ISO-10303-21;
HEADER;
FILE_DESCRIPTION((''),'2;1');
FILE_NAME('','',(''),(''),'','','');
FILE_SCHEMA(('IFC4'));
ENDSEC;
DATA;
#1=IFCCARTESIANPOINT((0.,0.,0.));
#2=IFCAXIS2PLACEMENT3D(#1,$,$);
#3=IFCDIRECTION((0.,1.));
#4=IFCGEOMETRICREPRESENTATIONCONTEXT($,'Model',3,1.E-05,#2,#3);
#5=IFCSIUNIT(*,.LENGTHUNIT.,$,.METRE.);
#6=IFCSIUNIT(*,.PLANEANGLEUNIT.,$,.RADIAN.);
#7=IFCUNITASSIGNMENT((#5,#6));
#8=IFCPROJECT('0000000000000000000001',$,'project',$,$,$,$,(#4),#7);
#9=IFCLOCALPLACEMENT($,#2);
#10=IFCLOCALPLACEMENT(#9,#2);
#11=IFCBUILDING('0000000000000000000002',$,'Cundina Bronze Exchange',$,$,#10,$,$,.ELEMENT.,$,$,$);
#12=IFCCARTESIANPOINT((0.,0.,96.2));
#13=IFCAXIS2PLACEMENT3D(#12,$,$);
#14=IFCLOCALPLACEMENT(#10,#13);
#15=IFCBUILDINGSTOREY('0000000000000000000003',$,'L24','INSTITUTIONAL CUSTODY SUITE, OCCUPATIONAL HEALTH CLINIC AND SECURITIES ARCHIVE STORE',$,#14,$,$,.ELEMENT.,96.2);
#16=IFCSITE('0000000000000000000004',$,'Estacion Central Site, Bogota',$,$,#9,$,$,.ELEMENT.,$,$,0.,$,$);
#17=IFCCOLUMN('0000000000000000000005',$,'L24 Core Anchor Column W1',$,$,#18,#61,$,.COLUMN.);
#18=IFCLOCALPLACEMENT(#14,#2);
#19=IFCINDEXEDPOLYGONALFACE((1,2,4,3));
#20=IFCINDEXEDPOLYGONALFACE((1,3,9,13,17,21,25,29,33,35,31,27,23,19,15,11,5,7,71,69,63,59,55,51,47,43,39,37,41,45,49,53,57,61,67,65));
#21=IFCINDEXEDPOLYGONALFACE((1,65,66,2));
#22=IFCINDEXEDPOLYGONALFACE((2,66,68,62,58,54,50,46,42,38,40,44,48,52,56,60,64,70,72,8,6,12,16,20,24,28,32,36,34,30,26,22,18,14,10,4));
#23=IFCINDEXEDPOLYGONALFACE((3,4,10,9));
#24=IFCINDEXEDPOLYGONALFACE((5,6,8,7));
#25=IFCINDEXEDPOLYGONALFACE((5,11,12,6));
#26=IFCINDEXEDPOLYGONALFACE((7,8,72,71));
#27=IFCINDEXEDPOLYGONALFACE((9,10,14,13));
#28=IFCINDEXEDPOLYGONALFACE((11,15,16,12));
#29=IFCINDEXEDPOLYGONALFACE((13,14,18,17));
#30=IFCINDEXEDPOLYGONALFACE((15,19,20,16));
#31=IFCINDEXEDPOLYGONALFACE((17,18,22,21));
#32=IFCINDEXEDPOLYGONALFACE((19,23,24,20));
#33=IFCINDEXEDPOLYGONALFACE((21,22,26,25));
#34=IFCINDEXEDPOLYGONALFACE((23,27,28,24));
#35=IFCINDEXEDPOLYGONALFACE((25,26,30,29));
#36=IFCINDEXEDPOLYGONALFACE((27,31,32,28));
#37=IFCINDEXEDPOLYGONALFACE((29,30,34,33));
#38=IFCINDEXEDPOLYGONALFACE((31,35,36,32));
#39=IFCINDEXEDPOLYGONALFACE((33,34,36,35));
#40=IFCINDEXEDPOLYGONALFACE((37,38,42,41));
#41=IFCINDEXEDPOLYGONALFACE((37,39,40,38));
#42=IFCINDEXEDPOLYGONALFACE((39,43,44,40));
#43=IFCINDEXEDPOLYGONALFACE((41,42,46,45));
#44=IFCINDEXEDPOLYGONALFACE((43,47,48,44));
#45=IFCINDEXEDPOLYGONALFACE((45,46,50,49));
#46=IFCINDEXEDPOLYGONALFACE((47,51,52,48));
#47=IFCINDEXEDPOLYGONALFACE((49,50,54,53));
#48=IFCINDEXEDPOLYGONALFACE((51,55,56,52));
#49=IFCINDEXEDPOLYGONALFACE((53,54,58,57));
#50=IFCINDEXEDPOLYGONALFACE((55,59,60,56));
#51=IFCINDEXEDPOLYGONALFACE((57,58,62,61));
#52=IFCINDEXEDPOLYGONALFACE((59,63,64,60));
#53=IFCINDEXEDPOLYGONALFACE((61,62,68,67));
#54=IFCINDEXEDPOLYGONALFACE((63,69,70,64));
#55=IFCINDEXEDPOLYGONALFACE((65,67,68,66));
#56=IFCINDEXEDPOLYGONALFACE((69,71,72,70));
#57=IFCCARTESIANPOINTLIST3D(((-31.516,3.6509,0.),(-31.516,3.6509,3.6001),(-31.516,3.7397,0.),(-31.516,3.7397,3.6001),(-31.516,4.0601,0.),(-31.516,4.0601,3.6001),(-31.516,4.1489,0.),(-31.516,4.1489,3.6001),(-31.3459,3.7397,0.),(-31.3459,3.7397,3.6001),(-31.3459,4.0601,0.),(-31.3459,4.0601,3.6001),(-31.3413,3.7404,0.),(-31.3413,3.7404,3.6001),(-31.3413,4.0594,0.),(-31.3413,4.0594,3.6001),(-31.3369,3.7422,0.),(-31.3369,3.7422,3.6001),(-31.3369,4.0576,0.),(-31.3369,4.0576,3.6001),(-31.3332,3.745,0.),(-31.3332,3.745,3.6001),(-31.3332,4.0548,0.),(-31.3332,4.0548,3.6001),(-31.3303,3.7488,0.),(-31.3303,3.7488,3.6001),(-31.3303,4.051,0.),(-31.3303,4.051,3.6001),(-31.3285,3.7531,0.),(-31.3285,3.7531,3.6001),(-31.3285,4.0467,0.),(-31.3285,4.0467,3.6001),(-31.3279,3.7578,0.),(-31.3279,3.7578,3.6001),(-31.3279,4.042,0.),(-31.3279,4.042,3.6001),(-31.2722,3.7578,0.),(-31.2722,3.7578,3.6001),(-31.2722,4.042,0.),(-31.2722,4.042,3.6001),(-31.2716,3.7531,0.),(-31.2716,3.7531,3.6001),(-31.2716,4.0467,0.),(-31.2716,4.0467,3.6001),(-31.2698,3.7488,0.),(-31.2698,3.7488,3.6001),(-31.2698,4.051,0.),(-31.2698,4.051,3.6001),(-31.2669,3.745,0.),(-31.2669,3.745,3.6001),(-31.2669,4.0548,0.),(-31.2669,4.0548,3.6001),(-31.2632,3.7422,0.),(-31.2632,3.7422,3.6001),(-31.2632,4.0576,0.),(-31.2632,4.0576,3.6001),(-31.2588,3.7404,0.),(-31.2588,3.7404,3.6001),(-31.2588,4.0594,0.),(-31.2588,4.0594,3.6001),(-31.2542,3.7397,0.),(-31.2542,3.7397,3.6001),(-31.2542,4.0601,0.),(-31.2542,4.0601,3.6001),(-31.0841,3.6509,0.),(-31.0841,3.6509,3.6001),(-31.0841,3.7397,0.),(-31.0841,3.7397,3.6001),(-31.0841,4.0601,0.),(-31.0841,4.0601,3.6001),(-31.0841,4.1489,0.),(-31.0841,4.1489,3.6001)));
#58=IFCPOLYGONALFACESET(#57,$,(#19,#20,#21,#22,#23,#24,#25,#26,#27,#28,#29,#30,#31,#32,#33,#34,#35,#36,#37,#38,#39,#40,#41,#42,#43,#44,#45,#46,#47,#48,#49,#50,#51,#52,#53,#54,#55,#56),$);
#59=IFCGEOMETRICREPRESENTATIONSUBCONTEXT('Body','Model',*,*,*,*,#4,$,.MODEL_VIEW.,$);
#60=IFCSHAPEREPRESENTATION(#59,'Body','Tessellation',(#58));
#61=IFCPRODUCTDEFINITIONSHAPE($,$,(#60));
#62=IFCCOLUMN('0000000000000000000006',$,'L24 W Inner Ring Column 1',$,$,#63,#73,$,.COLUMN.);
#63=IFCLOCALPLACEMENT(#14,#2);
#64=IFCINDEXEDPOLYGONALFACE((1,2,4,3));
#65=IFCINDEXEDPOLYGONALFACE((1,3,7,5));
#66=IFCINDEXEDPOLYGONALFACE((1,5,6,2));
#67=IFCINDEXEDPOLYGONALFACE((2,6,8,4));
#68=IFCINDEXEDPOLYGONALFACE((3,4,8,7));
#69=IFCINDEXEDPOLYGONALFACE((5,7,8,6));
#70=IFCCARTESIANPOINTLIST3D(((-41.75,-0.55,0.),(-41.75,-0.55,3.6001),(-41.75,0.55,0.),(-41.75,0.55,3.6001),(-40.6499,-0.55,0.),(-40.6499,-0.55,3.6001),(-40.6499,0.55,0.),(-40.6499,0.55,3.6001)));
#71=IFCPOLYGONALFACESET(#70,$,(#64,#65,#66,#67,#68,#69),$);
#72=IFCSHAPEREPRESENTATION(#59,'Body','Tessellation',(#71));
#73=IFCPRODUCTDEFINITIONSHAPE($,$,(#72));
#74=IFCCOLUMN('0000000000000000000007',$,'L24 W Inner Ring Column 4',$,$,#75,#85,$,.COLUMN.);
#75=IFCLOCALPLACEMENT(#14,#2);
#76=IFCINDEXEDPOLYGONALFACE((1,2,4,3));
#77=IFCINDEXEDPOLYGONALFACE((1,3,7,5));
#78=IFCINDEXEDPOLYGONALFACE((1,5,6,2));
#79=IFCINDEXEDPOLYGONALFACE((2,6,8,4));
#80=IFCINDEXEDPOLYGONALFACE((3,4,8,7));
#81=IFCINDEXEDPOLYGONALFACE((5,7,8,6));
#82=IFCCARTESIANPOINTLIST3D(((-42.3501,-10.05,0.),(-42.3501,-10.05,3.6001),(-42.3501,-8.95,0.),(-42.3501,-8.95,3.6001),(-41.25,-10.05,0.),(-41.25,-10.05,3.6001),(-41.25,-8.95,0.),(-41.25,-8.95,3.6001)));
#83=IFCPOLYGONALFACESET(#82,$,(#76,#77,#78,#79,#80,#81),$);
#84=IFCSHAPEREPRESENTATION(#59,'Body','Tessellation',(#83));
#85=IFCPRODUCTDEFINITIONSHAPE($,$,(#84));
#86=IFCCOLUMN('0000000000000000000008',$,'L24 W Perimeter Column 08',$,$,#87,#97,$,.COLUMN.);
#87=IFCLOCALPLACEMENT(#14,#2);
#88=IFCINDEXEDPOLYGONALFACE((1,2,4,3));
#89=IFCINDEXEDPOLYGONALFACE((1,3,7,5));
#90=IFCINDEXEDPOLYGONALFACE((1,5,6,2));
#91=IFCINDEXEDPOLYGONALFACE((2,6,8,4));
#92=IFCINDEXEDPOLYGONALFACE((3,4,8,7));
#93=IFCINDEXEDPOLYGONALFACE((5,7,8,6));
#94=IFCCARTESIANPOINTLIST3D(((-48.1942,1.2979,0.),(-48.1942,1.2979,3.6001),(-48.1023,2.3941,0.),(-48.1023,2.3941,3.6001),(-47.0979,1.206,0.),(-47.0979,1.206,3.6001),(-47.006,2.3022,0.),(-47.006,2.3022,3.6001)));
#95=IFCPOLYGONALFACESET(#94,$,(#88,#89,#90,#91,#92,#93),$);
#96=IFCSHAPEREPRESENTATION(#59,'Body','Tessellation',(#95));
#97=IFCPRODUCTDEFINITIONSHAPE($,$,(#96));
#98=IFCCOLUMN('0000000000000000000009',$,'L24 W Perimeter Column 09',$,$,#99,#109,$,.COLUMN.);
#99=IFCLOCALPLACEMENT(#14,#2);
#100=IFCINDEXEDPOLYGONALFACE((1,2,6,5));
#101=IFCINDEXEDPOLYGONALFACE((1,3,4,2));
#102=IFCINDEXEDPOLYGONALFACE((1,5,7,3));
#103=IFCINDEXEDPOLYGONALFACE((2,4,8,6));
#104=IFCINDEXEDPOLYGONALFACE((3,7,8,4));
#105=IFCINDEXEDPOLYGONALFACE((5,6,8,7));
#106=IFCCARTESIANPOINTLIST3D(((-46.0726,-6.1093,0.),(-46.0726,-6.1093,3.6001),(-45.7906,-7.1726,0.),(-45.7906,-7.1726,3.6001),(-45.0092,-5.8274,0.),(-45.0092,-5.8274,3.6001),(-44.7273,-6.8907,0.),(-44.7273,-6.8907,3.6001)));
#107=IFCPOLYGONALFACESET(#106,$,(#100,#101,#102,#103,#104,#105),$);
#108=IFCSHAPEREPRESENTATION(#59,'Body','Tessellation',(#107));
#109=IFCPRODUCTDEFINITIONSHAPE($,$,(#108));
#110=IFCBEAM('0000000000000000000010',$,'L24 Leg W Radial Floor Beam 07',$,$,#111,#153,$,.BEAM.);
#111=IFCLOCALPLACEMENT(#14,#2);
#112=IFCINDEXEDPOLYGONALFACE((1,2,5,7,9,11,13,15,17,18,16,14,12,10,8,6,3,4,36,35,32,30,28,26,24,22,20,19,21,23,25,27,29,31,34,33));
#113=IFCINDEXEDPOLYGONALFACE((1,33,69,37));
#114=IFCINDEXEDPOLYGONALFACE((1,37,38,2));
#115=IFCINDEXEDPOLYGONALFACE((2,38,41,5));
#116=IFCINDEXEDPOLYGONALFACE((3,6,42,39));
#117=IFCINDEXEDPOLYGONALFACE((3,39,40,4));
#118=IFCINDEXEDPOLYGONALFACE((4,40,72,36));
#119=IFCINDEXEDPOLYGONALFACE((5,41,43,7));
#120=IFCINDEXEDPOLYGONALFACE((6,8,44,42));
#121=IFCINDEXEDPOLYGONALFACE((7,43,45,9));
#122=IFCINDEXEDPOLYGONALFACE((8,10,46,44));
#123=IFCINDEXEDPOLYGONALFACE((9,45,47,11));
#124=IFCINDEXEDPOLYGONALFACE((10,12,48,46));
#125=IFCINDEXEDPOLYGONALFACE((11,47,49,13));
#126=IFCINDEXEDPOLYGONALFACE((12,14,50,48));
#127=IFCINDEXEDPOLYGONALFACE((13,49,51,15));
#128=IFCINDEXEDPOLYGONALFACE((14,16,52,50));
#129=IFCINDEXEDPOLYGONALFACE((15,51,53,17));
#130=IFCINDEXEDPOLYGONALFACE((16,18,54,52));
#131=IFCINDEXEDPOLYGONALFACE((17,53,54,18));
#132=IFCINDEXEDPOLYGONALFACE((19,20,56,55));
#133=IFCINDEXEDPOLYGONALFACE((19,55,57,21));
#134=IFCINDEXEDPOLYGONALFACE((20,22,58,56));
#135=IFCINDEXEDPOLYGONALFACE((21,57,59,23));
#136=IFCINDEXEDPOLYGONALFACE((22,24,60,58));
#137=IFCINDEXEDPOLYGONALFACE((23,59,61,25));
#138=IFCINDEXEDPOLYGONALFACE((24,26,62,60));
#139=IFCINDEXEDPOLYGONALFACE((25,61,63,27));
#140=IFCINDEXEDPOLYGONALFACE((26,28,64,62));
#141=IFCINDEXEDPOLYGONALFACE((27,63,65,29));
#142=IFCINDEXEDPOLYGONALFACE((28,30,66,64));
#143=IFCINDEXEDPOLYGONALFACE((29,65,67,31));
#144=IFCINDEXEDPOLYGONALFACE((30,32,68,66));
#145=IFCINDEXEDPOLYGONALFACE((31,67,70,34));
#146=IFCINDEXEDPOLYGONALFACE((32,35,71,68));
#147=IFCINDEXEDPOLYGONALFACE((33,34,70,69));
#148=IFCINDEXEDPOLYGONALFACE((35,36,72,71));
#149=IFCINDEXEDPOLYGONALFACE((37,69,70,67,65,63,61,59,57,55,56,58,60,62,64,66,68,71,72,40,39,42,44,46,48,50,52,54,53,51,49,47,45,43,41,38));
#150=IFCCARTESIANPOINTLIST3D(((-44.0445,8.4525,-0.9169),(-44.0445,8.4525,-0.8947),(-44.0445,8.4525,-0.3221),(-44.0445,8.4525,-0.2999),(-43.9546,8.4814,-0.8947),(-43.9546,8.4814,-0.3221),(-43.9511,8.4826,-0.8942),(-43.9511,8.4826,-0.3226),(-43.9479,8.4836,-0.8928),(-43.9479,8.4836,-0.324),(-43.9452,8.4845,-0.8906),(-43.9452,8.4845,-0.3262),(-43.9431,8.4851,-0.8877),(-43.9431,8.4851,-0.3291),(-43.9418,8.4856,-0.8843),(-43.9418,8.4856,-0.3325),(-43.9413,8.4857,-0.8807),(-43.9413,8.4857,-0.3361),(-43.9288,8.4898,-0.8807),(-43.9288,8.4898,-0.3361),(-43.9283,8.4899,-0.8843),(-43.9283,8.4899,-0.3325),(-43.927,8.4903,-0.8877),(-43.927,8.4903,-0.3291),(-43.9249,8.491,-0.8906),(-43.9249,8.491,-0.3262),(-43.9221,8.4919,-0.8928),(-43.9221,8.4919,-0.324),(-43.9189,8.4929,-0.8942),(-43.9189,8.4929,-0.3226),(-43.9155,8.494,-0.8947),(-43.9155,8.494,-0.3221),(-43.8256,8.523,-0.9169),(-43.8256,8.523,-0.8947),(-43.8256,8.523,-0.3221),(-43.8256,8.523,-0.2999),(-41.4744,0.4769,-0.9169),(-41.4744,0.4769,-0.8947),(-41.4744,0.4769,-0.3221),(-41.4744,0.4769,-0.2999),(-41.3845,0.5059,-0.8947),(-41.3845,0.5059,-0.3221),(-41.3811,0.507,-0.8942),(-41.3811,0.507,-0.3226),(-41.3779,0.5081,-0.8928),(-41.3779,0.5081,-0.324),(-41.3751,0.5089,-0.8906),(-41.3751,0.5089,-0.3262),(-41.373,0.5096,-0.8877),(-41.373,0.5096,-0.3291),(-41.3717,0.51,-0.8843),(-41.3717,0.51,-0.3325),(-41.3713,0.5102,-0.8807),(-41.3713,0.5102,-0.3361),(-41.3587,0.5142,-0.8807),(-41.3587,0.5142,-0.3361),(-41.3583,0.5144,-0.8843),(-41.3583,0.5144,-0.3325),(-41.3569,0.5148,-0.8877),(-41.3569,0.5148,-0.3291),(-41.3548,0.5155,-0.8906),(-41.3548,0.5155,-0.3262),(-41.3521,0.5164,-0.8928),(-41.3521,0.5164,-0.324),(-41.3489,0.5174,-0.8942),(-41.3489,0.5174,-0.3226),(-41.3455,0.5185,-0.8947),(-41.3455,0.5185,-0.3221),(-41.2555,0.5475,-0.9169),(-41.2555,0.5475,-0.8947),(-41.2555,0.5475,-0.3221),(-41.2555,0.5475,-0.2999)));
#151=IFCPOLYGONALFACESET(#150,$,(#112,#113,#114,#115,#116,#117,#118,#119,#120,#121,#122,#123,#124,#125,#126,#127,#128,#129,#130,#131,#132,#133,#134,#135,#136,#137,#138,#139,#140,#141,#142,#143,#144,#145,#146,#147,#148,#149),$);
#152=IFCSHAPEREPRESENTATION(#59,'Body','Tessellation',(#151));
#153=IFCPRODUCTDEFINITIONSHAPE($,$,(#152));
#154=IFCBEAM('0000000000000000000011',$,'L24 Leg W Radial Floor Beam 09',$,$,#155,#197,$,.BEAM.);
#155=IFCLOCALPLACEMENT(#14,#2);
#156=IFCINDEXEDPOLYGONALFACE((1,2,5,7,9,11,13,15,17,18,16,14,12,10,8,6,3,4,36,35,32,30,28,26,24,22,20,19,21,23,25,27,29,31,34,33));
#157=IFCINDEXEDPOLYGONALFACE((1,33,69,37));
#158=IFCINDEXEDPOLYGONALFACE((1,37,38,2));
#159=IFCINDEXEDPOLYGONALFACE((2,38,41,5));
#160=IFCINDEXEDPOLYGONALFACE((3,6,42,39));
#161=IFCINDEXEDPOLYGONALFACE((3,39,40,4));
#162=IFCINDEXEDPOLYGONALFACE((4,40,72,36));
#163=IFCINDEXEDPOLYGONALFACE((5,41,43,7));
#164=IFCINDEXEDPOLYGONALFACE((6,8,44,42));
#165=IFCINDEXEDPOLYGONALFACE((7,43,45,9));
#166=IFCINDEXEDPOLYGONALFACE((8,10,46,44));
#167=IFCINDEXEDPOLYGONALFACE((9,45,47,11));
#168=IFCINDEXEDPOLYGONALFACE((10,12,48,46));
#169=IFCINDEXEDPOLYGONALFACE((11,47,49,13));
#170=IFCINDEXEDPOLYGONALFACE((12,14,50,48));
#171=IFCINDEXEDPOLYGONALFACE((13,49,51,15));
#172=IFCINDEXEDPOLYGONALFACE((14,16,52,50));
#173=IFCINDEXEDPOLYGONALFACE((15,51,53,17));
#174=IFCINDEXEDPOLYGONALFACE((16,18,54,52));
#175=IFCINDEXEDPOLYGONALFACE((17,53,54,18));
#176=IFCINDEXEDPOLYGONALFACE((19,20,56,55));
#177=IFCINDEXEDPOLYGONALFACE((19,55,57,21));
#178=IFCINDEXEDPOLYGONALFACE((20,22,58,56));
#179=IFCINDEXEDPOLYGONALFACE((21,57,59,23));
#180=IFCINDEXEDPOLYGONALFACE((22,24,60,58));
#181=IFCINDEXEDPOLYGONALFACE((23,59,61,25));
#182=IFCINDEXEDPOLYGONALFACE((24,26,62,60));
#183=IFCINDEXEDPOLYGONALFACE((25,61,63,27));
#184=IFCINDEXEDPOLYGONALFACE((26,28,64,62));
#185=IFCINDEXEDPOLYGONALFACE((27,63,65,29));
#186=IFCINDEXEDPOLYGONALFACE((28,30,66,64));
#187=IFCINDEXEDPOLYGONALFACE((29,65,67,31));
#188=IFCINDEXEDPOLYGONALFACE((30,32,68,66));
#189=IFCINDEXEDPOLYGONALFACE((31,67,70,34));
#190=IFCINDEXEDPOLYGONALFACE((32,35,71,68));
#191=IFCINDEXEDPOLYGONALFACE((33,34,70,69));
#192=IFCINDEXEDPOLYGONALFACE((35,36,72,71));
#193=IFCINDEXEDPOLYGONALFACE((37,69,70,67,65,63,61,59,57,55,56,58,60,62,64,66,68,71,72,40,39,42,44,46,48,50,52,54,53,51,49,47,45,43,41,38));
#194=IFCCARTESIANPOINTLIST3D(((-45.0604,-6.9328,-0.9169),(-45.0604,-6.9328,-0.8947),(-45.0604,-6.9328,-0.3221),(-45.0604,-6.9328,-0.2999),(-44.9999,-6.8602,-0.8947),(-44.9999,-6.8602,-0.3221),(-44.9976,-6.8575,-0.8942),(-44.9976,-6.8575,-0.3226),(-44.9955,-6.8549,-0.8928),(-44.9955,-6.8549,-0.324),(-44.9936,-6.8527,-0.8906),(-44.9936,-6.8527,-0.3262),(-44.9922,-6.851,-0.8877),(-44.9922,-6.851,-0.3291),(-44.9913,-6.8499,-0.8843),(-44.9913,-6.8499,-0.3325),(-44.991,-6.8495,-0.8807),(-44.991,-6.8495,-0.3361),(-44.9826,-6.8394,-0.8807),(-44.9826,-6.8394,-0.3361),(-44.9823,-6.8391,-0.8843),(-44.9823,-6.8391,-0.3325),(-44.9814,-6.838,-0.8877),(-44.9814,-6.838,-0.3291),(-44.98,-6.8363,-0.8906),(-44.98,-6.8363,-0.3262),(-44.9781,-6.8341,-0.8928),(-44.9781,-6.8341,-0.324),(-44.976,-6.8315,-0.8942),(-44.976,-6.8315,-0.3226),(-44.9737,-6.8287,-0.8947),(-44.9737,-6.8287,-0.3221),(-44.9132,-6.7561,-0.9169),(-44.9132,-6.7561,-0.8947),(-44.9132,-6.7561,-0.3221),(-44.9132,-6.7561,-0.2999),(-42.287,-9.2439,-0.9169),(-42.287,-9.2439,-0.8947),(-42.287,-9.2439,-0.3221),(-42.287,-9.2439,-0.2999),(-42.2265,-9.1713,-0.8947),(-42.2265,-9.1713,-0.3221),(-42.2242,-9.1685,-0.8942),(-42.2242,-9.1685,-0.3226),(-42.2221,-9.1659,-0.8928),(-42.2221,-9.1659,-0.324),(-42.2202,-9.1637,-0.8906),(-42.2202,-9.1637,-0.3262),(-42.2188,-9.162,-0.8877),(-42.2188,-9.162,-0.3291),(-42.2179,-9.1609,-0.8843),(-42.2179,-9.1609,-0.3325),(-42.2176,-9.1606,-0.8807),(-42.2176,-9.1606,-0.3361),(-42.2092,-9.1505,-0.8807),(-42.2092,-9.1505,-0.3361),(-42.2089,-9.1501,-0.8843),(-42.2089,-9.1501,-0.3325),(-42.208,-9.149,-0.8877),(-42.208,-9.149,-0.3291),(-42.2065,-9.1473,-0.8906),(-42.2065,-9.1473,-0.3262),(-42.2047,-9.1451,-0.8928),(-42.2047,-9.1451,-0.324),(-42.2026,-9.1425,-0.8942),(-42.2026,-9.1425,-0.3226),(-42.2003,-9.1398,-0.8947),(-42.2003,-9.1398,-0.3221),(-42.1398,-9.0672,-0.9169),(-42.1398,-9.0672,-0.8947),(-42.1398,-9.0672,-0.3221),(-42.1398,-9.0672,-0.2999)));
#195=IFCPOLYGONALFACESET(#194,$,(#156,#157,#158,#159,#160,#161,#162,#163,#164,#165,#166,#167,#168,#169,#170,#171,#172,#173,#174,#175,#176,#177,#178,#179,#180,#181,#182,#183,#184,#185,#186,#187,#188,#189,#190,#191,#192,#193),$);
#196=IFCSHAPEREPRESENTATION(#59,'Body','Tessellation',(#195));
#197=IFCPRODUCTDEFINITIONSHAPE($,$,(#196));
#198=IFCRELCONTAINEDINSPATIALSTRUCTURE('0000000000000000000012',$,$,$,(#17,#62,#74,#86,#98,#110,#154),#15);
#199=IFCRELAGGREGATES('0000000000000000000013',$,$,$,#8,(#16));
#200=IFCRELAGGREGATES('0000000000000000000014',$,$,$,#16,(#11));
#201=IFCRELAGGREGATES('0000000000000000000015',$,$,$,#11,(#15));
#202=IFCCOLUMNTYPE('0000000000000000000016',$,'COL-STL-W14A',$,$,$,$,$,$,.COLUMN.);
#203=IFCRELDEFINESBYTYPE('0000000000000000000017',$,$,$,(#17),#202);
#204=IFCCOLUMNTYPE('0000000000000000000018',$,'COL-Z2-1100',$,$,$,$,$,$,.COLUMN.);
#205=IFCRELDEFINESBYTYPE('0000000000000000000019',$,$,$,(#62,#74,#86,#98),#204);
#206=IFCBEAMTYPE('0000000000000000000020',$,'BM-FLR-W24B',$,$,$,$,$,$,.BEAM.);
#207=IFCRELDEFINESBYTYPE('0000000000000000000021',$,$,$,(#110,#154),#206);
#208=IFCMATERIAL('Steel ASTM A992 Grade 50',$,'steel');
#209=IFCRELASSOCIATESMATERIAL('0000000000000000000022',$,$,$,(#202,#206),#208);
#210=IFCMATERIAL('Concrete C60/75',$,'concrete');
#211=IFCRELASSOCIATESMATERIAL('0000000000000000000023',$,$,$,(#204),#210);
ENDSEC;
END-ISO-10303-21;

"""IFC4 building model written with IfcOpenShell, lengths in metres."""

from ifc_helpers import new_model, si_unit, direction, frame, origin, origin_2d, place, context, subcontext, project, spatial, rectangle, i_section, extrude, material, material_profile, profile_set, type_object, element, save


model = new_model("IFC4")

# Units and contexts
model_context = context("Model", 3, precision=1e-05, world=origin(), true_north=direction((0.0, 1.0)))
body_context = subcontext(model_context, "Body", "Model", "MODEL_VIEW")
ifc_project = project(units=[si_unit("LENGTHUNIT", "METRE"), si_unit("PLANEANGLEUNIT", "RADIAN")], contexts=[model_context])

# Site, building, storey
site_placement = place(None, origin())
site = spatial("IfcSite", under=ifc_project, at=site_placement, Name="Estacion Central Site, Bogota", CompositionType="ELEMENT", RefElevation=0.0)
building_placement = place(site_placement, origin())
building = spatial("IfcBuilding", under=site, at=building_placement, Name="Cundina Bronze Exchange", CompositionType="ELEMENT")
storey_placement = place(building_placement, frame((0.0, 0.0, 96.2)))
storey = spatial("IfcBuildingStorey", under=building, at=storey_placement, Name="L24", Description="INSTITUTIONAL CUSTODY SUITE, OCCUPATIONAL HEALTH CLINIC AND SECURITIES ARCHIVE STORE", CompositionType="ELEMENT", Elevation=96.2)

# Columns
ifc_material_1 = material(Name="Steel ASTM A992 Grade 50", Category="steel")
ifc_material_profile_1 = material_profile(ifc_material_1, i_section(OverallWidth=0.4319, OverallDepth=0.498, WebThickness=0.0557, FlangeThickness=0.0889, FilletRadius=0.0181, at=origin_2d()), Name="W14X500", Category="steel")
ifc_profile_set_1 = profile_set([ifc_material_profile_1], Name="Steel ASTM A992 Grade 50")
column_type_1 = type_object("IfcColumnType", Name="COL-STL-W14A", PredefinedType="COLUMN", material=ifc_profile_set_1)
column_placement = place(storey_placement, frame((-31.3, 3.8999, 0.0), z_axis=(0.0, 0.0, 1.0), x_axis=(1.0, 0.0, 0.0)))
element("IfcColumn", 1, at=column_placement, inside=storey, type_object=column_type_1, Name="L24 Core Anchor Column W1", PredefinedType="COLUMN", context=body_context, shape_type="SweptSolid", body=[
    extrude(i_section(OverallWidth=0.4319, OverallDepth=0.498, WebThickness=0.0557, FlangeThickness=0.0889, FilletRadius=0.0181, at=origin_2d()), origin(), (0.0, 0.0, 1.0), 3.6001),
])
ifc_material_2 = material(Name="Concrete C60/75", Category="concrete")
ifc_material_profile_2 = material_profile(ifc_material_2, rectangle(XDim=1.1001, YDim=1.1001, at=origin_2d()), Name="RC1100X1100", Category="concrete")
ifc_profile_set_2 = profile_set([ifc_material_profile_2], Name="Concrete C60/75")
column_type_2 = type_object("IfcColumnType", Name="COL-Z2-1100", PredefinedType="COLUMN", material=ifc_profile_set_2)
for number, where, z_axis, x_axis, name in (
    (2, (-41.2, 0.0, 0.0), (0.0, 0.0, 1.0), (1.0, 0.0, 0.0), "L24 W Inner Ring Column 1"),
    (3, (-41.8, -9.5, 0.0), (0.0, 0.0, 1.0), (1.0, 0.0, 0.0), "L24 W Inner Ring Column 4"),
    (4, (-47.6001, 1.8, 0.0), (0.0, 0.0, 1.0), (-0.083504, -0.996507, 0.0), "L24 W Perimeter Column 08"),
    (5, (-45.3999, -6.5, 0.0), (0.0, 0.0, 1.0), (0.256289, -0.9666, 0.0), "L24 W Perimeter Column 09"),
):
    element("IfcColumn", number, at=place(storey_placement, frame(where, z_axis=z_axis, x_axis=x_axis)), inside=storey, type_object=column_type_2, Name=name, PredefinedType="COLUMN", context=body_context, shape_type="SweptSolid", body=[
        extrude(rectangle(XDim=1.1001, YDim=1.1001, at=origin_2d()), origin(), (0.0, 0.0, 1.0), 3.6001),
    ])

# Beams
ifc_material_profile_3 = material_profile(ifc_material_1, i_section(OverallWidth=0.23, OverallDepth=0.6169, WebThickness=0.0132, FlangeThickness=0.0222, FilletRadius=0.0139, at=origin_2d()), Name="W24X94", Category="steel")
ifc_profile_set_3 = profile_set([ifc_material_profile_3], Name="Steel ASTM A992 Grade 50")
beam_type_1 = type_object("IfcBeamType", Name="BM-FLR-W24B", PredefinedType="BEAM", material=ifc_profile_set_3)
beam_1_placement = place(storey_placement, frame((-41.365, 0.5122, -0.6084), z_axis=(-0.306711, 0.951803, 0.0), x_axis=(-0.951803, -0.306711, 0.0)))
element("IfcBeam", 6, at=beam_1_placement, inside=storey, type_object=beam_type_1, Name="L24 Leg W Radial Floor Beam 07", PredefinedType="BEAM", context=body_context, shape_type="SweptSolid", body=[
    extrude(i_section(OverallWidth=0.23, OverallDepth=0.6169, WebThickness=0.0132, FlangeThickness=0.0222, FilletRadius=0.0139, at=origin_2d()), origin(), (0.0, 0.0, 1.0), 8.3794),
])
beam_2_placement = place(storey_placement, frame((-42.2134, -9.1555, -0.6084), z_axis=(-0.768243, 0.640158, 0.0), x_axis=(-0.640158, -0.768243, 0.0)))
element("IfcBeam", 7, at=beam_2_placement, inside=storey, type_object=beam_type_1, Name="L24 Leg W Radial Floor Beam 09", PredefinedType="BEAM", context=body_context, shape_type="SweptSolid", body=[
    extrude(i_section(OverallWidth=0.23, OverallDepth=0.6169, WebThickness=0.0132, FlangeThickness=0.0222, FilletRadius=0.0139, at=origin_2d()), origin(), (0.0, 0.0, 1.0), 3.6101),
])

save(model, "model.ifc")
